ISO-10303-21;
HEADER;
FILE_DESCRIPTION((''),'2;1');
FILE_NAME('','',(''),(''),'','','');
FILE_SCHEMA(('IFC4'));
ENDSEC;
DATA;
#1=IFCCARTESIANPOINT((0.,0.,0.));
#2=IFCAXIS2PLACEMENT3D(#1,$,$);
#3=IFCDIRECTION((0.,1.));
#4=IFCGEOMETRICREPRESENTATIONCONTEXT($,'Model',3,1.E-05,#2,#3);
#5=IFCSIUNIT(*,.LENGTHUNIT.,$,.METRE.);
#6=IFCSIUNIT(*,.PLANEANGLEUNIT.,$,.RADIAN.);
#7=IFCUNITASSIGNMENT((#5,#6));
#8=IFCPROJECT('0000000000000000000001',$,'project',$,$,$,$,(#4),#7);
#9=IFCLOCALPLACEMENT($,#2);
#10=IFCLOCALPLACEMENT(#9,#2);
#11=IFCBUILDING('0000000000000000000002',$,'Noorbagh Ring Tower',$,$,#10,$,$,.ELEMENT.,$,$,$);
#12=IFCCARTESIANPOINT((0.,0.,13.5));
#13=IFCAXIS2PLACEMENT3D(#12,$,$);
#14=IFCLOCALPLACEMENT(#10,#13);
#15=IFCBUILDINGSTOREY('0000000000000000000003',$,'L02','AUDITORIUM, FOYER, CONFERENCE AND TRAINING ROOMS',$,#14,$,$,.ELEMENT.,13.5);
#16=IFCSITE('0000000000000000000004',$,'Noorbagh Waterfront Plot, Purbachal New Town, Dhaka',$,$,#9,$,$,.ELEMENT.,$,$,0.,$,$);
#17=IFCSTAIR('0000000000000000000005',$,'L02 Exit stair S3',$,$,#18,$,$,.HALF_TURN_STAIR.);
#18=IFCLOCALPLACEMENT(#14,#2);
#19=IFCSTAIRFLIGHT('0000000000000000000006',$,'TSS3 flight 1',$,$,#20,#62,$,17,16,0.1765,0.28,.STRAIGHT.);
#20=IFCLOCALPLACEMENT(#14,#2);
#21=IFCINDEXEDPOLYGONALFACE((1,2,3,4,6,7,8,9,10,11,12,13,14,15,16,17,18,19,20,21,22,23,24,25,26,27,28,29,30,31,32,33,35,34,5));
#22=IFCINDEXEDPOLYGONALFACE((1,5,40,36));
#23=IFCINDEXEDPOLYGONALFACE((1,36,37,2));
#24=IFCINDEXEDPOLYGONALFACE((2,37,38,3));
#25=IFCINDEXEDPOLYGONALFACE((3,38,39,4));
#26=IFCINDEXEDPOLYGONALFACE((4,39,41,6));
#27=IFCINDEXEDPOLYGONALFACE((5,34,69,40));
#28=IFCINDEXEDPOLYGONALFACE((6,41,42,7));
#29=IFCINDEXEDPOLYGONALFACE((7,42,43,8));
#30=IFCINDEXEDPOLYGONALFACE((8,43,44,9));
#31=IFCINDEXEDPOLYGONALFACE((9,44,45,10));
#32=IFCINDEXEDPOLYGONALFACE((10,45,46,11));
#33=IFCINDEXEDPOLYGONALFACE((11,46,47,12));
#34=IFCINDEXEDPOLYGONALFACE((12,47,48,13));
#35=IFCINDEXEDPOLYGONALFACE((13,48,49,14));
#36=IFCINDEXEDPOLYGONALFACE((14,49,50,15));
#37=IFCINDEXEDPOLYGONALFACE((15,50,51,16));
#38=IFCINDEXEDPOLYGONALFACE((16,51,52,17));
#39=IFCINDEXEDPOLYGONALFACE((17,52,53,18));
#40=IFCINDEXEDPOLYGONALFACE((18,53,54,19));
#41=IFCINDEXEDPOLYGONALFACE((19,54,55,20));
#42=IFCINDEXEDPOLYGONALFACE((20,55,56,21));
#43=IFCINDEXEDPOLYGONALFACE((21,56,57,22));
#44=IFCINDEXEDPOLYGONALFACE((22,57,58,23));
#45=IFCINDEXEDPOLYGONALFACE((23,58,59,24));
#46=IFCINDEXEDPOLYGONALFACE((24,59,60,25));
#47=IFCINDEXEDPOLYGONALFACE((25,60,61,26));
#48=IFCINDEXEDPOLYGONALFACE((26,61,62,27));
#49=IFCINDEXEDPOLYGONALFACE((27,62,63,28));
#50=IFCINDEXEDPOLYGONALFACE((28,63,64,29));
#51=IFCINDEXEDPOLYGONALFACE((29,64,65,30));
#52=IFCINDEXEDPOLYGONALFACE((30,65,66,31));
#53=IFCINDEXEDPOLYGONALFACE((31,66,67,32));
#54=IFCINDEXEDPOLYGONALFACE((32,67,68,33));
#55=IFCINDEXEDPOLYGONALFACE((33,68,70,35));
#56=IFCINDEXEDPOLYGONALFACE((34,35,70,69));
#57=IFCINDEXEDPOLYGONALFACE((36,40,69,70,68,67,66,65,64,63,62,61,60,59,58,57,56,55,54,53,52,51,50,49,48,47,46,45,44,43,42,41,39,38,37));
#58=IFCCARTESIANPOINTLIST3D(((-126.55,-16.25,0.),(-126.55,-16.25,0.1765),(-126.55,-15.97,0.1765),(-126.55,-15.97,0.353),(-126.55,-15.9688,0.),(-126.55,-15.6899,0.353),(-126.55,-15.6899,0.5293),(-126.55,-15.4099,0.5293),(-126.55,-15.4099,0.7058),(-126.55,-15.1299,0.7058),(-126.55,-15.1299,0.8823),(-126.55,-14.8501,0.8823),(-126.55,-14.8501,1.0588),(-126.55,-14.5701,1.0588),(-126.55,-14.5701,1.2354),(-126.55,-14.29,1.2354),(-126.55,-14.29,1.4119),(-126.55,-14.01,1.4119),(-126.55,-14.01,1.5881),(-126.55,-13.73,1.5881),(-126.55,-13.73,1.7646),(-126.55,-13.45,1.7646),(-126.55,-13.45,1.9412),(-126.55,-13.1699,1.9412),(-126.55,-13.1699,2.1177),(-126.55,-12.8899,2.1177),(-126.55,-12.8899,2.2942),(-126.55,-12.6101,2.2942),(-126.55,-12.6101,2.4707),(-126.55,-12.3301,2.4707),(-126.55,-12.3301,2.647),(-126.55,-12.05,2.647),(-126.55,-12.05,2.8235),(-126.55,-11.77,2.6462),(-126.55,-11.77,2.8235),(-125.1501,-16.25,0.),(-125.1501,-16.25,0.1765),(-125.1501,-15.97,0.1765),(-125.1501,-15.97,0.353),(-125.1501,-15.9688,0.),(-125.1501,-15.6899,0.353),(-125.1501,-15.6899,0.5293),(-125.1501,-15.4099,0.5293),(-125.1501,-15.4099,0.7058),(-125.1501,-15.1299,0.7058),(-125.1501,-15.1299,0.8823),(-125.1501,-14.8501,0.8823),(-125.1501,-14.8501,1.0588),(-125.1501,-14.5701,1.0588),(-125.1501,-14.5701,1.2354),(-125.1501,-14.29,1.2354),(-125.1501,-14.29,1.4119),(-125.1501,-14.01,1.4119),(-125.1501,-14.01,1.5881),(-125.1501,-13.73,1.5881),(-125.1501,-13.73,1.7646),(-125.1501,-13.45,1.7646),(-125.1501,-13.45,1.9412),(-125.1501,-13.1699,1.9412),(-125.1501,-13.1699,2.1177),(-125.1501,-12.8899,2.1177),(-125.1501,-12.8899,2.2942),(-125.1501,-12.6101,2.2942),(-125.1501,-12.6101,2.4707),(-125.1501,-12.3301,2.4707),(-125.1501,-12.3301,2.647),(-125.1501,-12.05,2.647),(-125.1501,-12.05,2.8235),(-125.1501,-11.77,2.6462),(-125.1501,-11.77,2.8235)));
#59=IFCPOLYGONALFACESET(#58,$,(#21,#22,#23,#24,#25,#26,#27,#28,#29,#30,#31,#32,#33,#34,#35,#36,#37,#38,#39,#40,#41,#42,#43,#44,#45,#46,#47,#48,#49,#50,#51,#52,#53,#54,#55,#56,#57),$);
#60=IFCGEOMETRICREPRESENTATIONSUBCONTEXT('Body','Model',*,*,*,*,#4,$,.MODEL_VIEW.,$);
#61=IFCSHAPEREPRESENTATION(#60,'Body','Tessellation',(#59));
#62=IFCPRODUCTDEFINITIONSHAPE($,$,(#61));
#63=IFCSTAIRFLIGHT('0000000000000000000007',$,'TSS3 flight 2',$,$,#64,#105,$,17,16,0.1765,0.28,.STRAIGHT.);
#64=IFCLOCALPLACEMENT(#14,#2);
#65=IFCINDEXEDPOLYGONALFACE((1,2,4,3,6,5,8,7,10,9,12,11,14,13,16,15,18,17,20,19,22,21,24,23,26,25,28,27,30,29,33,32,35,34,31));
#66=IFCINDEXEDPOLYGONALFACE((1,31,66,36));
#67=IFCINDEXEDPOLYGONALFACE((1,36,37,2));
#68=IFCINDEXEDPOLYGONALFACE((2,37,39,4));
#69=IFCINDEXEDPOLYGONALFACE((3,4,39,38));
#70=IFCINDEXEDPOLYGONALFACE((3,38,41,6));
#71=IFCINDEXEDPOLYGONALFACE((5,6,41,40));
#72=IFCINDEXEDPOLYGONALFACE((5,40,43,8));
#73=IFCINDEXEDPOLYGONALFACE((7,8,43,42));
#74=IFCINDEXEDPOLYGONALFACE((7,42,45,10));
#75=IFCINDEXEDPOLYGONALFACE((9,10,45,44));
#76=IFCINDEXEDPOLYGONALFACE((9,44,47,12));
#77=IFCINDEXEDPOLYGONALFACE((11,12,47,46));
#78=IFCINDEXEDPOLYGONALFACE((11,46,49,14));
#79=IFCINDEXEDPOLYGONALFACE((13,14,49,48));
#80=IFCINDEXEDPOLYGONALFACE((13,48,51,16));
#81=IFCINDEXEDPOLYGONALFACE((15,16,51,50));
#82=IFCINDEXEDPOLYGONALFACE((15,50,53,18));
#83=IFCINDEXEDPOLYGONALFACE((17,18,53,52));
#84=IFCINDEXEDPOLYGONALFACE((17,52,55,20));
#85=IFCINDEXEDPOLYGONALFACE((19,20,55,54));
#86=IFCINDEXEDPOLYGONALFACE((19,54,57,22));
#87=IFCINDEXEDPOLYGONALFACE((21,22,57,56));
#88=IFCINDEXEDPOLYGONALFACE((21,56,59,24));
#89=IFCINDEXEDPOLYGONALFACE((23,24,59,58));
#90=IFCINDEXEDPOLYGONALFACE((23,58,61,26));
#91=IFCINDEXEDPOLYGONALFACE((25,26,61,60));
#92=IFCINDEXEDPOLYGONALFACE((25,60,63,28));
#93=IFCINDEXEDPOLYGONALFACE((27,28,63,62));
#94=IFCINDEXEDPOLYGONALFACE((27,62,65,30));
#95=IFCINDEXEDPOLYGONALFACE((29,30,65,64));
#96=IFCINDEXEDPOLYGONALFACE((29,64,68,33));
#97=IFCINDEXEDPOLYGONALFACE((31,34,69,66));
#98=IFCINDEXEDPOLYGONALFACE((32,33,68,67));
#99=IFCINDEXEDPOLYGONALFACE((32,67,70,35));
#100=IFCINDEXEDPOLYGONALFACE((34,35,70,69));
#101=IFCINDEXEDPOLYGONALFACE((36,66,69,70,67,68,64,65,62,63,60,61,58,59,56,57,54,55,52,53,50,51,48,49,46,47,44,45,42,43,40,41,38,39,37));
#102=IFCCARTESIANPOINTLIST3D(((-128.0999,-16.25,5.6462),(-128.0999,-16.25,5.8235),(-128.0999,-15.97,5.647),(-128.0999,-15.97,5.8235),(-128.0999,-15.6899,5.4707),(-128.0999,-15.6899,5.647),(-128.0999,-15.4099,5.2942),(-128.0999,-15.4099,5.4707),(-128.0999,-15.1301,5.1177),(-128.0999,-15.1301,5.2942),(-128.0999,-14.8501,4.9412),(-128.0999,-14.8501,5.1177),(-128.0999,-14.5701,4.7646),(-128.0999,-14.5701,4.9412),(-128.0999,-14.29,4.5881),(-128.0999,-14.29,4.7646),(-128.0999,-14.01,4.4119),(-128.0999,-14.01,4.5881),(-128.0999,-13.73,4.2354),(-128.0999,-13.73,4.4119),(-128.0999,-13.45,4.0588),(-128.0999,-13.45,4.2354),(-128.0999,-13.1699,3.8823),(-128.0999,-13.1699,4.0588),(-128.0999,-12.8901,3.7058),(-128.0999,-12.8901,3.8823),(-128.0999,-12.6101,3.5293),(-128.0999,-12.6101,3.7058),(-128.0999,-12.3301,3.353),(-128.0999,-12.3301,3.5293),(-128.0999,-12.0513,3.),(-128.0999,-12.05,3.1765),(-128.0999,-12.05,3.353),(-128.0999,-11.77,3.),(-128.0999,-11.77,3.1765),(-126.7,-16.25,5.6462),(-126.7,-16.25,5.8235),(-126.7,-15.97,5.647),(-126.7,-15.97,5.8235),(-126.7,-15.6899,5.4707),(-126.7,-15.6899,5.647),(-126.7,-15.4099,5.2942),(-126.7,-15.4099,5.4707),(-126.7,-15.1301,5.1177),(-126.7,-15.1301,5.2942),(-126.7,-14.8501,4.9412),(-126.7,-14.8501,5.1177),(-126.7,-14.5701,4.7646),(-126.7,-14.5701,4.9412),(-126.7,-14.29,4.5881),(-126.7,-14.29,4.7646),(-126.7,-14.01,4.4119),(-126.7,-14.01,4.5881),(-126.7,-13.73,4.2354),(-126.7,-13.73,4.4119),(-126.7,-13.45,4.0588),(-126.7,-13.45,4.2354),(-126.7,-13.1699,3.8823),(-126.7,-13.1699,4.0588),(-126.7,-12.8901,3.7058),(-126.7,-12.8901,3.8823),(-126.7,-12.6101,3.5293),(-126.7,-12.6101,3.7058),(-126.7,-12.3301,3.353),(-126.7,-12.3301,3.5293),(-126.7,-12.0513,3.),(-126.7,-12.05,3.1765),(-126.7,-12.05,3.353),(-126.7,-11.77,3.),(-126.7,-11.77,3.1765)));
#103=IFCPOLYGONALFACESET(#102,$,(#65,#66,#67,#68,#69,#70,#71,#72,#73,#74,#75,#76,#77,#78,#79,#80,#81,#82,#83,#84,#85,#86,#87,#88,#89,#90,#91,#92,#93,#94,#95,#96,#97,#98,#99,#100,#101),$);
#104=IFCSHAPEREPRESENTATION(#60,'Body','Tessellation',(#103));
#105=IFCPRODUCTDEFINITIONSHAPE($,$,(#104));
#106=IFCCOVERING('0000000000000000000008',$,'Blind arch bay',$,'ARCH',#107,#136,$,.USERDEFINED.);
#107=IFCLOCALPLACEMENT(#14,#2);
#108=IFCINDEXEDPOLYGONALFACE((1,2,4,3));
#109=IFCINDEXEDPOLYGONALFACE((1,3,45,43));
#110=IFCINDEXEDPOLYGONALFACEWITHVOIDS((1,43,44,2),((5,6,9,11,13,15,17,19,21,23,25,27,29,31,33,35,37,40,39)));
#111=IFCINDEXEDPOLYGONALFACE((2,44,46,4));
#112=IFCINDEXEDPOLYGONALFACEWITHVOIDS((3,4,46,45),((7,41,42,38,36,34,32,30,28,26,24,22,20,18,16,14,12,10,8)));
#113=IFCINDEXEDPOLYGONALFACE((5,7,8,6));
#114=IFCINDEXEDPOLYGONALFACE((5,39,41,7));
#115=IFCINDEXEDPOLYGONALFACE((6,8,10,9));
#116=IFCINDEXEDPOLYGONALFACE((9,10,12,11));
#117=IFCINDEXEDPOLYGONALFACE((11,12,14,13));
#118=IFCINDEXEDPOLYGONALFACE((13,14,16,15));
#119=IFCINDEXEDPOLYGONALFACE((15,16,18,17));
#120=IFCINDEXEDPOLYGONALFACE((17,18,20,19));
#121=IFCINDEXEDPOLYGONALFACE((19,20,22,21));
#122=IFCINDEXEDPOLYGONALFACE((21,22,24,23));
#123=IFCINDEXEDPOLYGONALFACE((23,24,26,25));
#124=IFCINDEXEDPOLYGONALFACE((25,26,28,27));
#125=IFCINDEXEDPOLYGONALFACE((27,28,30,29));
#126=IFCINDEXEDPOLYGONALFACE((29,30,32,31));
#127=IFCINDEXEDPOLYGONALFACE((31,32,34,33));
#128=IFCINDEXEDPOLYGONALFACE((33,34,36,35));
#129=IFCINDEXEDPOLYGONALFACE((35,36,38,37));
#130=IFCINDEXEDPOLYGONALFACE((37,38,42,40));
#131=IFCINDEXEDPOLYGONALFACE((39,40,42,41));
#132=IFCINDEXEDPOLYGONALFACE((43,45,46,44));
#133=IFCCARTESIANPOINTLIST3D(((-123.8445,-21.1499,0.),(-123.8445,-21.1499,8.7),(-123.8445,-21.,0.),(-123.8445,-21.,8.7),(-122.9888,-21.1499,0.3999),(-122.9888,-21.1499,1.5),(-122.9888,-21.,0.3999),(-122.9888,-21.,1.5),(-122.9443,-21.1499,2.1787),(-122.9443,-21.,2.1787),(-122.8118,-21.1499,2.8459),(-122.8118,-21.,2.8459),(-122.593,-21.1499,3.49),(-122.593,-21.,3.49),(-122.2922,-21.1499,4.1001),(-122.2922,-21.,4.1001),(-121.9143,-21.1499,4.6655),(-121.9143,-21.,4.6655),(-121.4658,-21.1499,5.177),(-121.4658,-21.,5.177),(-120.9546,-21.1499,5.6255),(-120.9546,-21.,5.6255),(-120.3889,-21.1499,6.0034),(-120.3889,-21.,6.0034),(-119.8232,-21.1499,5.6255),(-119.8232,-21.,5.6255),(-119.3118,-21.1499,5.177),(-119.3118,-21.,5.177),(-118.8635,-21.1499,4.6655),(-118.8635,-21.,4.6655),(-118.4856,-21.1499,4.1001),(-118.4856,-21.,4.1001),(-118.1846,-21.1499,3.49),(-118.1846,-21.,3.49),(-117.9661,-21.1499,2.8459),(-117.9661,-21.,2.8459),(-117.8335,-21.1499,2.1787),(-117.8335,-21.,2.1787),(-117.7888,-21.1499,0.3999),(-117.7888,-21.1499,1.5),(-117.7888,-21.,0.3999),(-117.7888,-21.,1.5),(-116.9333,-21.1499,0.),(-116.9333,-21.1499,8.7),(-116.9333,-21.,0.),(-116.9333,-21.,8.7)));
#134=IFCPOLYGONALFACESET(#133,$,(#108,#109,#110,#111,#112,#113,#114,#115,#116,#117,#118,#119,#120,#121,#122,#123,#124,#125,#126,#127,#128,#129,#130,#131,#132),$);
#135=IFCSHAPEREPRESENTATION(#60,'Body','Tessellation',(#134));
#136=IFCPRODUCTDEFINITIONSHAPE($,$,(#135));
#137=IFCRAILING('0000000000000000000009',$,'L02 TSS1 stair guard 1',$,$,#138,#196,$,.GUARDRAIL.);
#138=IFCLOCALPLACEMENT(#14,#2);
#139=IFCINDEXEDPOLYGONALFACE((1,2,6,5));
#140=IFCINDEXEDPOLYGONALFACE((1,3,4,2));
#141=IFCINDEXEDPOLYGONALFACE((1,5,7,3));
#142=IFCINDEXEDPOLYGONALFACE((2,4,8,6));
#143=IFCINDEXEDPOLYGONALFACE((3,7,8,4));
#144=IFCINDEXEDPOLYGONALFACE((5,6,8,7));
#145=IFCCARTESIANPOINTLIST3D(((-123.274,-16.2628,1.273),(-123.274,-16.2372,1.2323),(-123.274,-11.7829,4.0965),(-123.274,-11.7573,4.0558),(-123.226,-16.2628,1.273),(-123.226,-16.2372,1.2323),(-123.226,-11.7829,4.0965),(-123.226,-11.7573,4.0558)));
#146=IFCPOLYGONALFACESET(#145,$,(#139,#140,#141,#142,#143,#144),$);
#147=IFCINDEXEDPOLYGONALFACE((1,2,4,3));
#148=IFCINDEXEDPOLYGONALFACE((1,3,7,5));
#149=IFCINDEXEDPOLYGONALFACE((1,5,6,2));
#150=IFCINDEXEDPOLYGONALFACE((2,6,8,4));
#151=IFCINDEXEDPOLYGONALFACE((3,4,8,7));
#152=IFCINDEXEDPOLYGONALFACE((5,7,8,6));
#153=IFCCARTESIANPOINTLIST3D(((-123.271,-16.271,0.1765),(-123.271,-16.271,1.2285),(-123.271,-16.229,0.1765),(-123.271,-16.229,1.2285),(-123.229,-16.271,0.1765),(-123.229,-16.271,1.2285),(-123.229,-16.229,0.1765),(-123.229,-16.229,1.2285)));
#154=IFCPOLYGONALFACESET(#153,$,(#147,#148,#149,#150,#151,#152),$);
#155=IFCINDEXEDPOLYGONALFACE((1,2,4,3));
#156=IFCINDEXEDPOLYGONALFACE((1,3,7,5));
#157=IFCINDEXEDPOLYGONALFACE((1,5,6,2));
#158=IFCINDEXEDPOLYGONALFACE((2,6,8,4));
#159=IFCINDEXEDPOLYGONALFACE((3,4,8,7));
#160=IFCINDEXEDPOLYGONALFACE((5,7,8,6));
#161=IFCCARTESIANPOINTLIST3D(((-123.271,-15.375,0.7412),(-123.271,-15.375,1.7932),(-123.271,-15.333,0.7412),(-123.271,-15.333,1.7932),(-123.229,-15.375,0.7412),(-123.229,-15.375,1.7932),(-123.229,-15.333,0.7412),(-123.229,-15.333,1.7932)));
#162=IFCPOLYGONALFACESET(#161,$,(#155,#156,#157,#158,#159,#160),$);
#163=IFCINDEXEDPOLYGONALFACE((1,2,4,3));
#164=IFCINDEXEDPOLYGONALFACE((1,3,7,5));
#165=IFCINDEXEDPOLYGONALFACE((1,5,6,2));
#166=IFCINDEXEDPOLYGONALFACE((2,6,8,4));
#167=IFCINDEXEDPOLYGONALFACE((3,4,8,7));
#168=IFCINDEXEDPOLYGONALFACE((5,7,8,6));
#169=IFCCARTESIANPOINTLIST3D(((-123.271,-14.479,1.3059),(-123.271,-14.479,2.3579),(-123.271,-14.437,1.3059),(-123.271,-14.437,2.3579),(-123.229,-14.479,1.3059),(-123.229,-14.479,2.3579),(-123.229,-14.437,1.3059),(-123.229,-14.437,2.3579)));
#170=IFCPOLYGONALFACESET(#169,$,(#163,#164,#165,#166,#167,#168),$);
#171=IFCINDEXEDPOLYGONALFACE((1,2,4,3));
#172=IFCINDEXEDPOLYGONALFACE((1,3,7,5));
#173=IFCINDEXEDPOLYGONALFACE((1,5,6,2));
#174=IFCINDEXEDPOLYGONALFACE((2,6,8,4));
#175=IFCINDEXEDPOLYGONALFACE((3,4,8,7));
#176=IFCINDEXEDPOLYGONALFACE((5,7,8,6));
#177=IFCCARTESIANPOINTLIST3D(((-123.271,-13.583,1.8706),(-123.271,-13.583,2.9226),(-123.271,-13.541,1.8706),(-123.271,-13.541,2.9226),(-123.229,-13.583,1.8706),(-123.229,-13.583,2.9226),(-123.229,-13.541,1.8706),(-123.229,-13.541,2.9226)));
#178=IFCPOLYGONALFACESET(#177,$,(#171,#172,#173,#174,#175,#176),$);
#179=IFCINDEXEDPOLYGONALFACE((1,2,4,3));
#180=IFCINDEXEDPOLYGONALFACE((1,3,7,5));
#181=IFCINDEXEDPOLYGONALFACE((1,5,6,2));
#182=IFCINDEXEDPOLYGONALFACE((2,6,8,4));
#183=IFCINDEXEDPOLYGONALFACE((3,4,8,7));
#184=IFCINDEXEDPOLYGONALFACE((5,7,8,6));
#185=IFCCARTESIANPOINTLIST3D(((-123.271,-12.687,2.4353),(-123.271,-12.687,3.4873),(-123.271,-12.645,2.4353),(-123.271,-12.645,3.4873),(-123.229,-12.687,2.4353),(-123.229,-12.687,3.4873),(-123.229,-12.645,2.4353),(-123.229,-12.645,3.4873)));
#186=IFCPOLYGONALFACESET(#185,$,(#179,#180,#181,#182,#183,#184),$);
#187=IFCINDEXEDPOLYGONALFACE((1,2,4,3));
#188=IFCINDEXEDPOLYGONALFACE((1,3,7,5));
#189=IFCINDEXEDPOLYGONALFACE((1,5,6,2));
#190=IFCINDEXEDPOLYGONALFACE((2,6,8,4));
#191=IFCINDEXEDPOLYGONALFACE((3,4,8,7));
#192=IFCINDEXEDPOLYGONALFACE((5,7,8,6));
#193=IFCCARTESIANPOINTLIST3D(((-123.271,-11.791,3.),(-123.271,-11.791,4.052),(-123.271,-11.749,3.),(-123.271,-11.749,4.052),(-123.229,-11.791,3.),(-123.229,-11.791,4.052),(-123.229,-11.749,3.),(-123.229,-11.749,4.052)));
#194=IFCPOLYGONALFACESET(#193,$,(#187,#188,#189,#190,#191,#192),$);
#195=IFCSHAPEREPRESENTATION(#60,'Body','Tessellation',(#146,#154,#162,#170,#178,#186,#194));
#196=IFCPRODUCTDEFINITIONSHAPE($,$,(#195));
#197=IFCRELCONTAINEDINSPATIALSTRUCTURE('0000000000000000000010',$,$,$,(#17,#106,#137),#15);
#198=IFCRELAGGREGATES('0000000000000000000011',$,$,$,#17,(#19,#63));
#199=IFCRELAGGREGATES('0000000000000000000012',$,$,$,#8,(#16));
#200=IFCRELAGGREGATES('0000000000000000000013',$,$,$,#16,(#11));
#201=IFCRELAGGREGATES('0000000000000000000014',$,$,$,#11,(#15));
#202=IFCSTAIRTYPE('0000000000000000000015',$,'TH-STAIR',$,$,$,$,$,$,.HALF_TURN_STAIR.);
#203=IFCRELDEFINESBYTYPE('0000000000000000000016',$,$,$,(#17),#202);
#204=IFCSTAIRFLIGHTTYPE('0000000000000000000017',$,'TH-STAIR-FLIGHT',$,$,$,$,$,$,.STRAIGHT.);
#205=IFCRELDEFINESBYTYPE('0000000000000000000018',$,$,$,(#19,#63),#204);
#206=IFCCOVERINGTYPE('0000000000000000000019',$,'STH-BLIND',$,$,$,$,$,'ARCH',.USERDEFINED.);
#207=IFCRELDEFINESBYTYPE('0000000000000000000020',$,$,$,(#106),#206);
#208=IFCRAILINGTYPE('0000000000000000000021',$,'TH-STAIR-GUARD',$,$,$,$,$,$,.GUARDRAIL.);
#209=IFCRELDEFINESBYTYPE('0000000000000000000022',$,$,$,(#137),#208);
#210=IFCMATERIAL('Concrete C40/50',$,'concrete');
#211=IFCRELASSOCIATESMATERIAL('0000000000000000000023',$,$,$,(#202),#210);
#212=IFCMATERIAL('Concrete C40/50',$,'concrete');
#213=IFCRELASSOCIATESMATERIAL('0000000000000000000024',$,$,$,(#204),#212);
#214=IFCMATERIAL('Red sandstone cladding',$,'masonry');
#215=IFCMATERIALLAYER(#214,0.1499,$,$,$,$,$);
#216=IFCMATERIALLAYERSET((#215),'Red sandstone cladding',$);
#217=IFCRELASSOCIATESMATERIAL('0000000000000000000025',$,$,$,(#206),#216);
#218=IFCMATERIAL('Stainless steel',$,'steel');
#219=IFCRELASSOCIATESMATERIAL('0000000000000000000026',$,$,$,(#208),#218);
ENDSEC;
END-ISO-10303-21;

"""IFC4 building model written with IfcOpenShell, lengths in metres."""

from ifc_helpers import new_model, si_unit, direction, frame, origin, origin_2d, place, context, subcontext, project, spatial, polyline, rectangle, outline, extrude, material, layer, layer_set, type_object, element, aggregate, save


model = new_model("IFC4")

# Units and contexts
model_context = context("Model", 3, precision=1e-05, world=origin(), true_north=direction((0.0, 1.0)))
body_context = subcontext(model_context, "Body", "Model", "MODEL_VIEW")
ifc_project = project(units=[si_unit("LENGTHUNIT", "METRE"), si_unit("PLANEANGLEUNIT", "RADIAN")], contexts=[model_context])

# Site, building, storey
site_placement = place(None, origin())
site = spatial("IfcSite", under=ifc_project, at=site_placement, Name="Noorbagh Waterfront Plot, Purbachal New Town, Dhaka", CompositionType="ELEMENT", RefElevation=0.0)
building_placement = place(site_placement, origin())
building = spatial("IfcBuilding", under=site, at=building_placement, Name="Noorbagh Ring Tower", CompositionType="ELEMENT")
storey_placement = place(building_placement, frame((0.0, 0.0, 13.5)))
storey = spatial("IfcBuildingStorey", under=building, at=storey_placement, Name="L02", Description="AUDITORIUM, FOYER, CONFERENCE AND TRAINING ROOMS", CompositionType="ELEMENT", Elevation=13.5)

# Stair, stair flights
ifc_material_1 = material(Name="Concrete C40/50", Category="concrete")
stair_type = type_object("IfcStairType", Name="TH-STAIR", PredefinedType="HALF_TURN_STAIR", material=ifc_material_1)
ifc_material_2 = material(Name="Concrete C40/50", Category="concrete")
stair_flight_type = type_object("IfcStairFlightType", Name="TH-STAIR-FLIGHT", PredefinedType="STRAIGHT", material=ifc_material_2)
stair_1_placement = place(storey_placement, origin())
stair_1 = element("IfcStair", 1, at=stair_1_placement, inside=storey, type_object=stair_type, Name="L02 Exit stair S3", PredefinedType="HALF_TURN_STAIR")
stair_flight_1_placement = place(storey_placement, frame((-125.8501, -16.25, 0.0), z_axis=(0.0, 0.0, 1.0), x_axis=(0.0, 1.0, 0.0)))
stair_flight_1 = element("IfcStairFlight", 2, at=stair_flight_1_placement, type_object=stair_flight_type, Name="TSS3 flight 1", NumberOfRisers=17, NumberOfTreads=16, PredefinedType="STRAIGHT", RiserHeight=0.1765, TreadLength=0.28, context=body_context, shape_type="SweptSolid", body=[
    extrude(outline(polyline([(0.0, 0.0), (0.0, 0.1765), (0.28, 0.1765), (0.28, 0.353), (0.5601, 0.353), (0.5601, 0.5293), (0.8401, 0.5293), (0.8401, 0.7058), (1.1201, 0.7058), (1.1201, 0.8823), (1.3999, 0.8823), (1.3999, 1.0588), (1.6799, 1.0588), (1.6799, 1.2354), (1.96, 1.2354), (1.96, 1.4119), (2.24, 1.4119), (2.24, 1.5881), (2.52, 1.5881), (2.52, 1.7646), (2.8, 1.7646), (2.8, 1.9412), (3.0801, 1.9412), (3.0801, 2.1177), (3.3601, 2.1177), (3.3601, 2.2942), (3.6399, 2.2942), (3.6399, 2.4707), (3.9199, 2.4707), (3.9199, 2.647), (4.2, 2.647), (4.2, 2.8235), (4.48, 2.8235), (4.48, 3.0), (4.48, 2.6462), (0.2812, 0.0), (0.0, 0.0)])), frame((0.0, 0.7, 0.0), z_axis=(0.0, -1.0, 0.0), x_axis=(1.0, 0.0, 0.0)), (0.0, 0.0, 1.0), 1.3999),
])
stair_flight_2_placement = place(storey_placement, frame((-127.3999, -11.77, 3.0), z_axis=(0.0, 0.0, 1.0), x_axis=(0.0, -1.0, 0.0)))
stair_flight_2 = element("IfcStairFlight", 3, at=stair_flight_2_placement, type_object=stair_flight_type, Name="TSS3 flight 2", NumberOfRisers=17, NumberOfTreads=16, PredefinedType="STRAIGHT", RiserHeight=0.1765, TreadLength=0.28, context=body_context, shape_type="SweptSolid", body=[
    extrude(outline(polyline([(0.0, 0.0), (0.0, 0.1765), (0.28, 0.1765), (0.28, 0.353), (0.5601, 0.353), (0.5601, 0.5293), (0.8401, 0.5293), (0.8401, 0.7058), (1.1201, 0.7058), (1.1201, 0.8823), (1.3999, 0.8823), (1.3999, 1.0588), (1.6799, 1.0588), (1.6799, 1.2354), (1.96, 1.2354), (1.96, 1.4119), (2.24, 1.4119), (2.24, 1.5881), (2.52, 1.5881), (2.52, 1.7646), (2.8, 1.7646), (2.8, 1.9412), (3.0801, 1.9412), (3.0801, 2.1177), (3.3601, 2.1177), (3.3601, 2.2942), (3.6399, 2.2942), (3.6399, 2.4707), (3.9199, 2.4707), (3.9199, 2.647), (4.2, 2.647), (4.2, 2.8235), (4.48, 2.8235), (4.48, 3.0), (4.48, 2.6462), (0.2812, 0.0), (0.0, 0.0)])), frame((0.0, 0.7, 0.0), z_axis=(0.0, -1.0, 0.0), x_axis=(1.0, 0.0, 0.0)), (0.0, 0.0, 1.0), 1.3999),
])
aggregate(stair_1, [stair_flight_1, stair_flight_2])

# Covering
ifc_material_3 = material(Name="Red sandstone cladding", Category="masonry")
ifc_layer_1 = layer(ifc_material_3, 0.1499)
ifc_layer_set_1 = layer_set([ifc_layer_1], Name="Red sandstone cladding")
covering_type = type_object("IfcCoveringType", Name="STH-BLIND", ElementType="ARCH", PredefinedType="USERDEFINED", material=ifc_layer_set_1)
covering_placement = place(storey_placement, frame((-123.8445, -21.1499, 0.0), z_axis=(0.0, -1.0, 0.0), x_axis=(1.0, 0.0, 0.0)))
element("IfcCovering", 4, at=covering_placement, inside=storey, type_object=covering_type, Name="Blind arch bay", ObjectType="ARCH", PredefinedType="USERDEFINED", context=body_context, shape_type="SweptSolid", body=[
    extrude(outline(polyline([(0.0, 0.0), (6.9111, 0.0), (6.9111, 8.7), (0.0, 8.7), (0.0, 0.0)]), holes=[polyline([(0.8557, 0.3999), (0.8557, 1.5), (0.9001, 2.1787), (1.0327, 2.8459), (1.2515, 3.49), (1.5522, 4.1001), (1.9302, 4.6655), (2.3787, 5.177), (2.8899, 5.6255), (3.4556, 6.0034), (4.0212, 5.6255), (4.5327, 5.177), (4.981, 4.6655), (5.3589, 4.1001), (5.6599, 3.49), (5.8784, 2.8459), (6.011, 2.1787), (6.0557, 1.5), (6.0557, 0.3999), (0.8557, 0.3999)])]), origin(), (0.0, 0.0, -1.0), 0.1499),
])

# Railing
ifc_material_4 = material(Name="Stainless steel", Category="steel")
railing_type_1 = type_object("IfcRailingType", Name="TH-STAIR-GUARD", PredefinedType="GUARDRAIL", material=ifc_material_4)
railing_1_placement = place(storey_placement, frame((-123.25, -16.25, 0.1765)))
element("IfcRailing", 5, at=railing_1_placement, inside=storey, type_object=railing_type_1, Name="L02 TSS1 stair guard 1", PredefinedType="GUARDRAIL", context=body_context, shape_type="SweptSolid", body=[
    extrude(rectangle(XDim=0.0481, YDim=0.0481, at=origin_2d()), frame((0.0, 0.0, 1.0762), z_axis=(0.0, 0.845998, 0.533186), x_axis=(-1.0, 0.0, 0.0)), (0.0, 0.0, 1.0), 5.2954),
    extrude(rectangle(XDim=0.042, YDim=0.042, at=origin_2d()), origin(), (0.0, 0.0, 1.0), 1.052),
    extrude(rectangle(XDim=0.042, YDim=0.042, at=origin_2d()), frame((0.0, 0.896, 0.5647)), (0.0, 0.0, 1.0), 1.052),
    extrude(rectangle(XDim=0.042, YDim=0.042, at=origin_2d()), frame((0.0, 1.792, 1.1294)), (0.0, 0.0, 1.0), 1.052),
    extrude(rectangle(XDim=0.042, YDim=0.042, at=origin_2d()), frame((0.0, 2.688, 1.6941)), (0.0, 0.0, 1.0), 1.052),
    extrude(rectangle(XDim=0.042, YDim=0.042, at=origin_2d()), frame((0.0, 3.584, 2.2588)), (0.0, 0.0, 1.0), 1.052),
    extrude(rectangle(XDim=0.042, YDim=0.042, at=origin_2d()), frame((0.0, 4.48, 2.8235)), (0.0, 0.0, 1.0), 1.052),
])

save(model, "model.ifc")
